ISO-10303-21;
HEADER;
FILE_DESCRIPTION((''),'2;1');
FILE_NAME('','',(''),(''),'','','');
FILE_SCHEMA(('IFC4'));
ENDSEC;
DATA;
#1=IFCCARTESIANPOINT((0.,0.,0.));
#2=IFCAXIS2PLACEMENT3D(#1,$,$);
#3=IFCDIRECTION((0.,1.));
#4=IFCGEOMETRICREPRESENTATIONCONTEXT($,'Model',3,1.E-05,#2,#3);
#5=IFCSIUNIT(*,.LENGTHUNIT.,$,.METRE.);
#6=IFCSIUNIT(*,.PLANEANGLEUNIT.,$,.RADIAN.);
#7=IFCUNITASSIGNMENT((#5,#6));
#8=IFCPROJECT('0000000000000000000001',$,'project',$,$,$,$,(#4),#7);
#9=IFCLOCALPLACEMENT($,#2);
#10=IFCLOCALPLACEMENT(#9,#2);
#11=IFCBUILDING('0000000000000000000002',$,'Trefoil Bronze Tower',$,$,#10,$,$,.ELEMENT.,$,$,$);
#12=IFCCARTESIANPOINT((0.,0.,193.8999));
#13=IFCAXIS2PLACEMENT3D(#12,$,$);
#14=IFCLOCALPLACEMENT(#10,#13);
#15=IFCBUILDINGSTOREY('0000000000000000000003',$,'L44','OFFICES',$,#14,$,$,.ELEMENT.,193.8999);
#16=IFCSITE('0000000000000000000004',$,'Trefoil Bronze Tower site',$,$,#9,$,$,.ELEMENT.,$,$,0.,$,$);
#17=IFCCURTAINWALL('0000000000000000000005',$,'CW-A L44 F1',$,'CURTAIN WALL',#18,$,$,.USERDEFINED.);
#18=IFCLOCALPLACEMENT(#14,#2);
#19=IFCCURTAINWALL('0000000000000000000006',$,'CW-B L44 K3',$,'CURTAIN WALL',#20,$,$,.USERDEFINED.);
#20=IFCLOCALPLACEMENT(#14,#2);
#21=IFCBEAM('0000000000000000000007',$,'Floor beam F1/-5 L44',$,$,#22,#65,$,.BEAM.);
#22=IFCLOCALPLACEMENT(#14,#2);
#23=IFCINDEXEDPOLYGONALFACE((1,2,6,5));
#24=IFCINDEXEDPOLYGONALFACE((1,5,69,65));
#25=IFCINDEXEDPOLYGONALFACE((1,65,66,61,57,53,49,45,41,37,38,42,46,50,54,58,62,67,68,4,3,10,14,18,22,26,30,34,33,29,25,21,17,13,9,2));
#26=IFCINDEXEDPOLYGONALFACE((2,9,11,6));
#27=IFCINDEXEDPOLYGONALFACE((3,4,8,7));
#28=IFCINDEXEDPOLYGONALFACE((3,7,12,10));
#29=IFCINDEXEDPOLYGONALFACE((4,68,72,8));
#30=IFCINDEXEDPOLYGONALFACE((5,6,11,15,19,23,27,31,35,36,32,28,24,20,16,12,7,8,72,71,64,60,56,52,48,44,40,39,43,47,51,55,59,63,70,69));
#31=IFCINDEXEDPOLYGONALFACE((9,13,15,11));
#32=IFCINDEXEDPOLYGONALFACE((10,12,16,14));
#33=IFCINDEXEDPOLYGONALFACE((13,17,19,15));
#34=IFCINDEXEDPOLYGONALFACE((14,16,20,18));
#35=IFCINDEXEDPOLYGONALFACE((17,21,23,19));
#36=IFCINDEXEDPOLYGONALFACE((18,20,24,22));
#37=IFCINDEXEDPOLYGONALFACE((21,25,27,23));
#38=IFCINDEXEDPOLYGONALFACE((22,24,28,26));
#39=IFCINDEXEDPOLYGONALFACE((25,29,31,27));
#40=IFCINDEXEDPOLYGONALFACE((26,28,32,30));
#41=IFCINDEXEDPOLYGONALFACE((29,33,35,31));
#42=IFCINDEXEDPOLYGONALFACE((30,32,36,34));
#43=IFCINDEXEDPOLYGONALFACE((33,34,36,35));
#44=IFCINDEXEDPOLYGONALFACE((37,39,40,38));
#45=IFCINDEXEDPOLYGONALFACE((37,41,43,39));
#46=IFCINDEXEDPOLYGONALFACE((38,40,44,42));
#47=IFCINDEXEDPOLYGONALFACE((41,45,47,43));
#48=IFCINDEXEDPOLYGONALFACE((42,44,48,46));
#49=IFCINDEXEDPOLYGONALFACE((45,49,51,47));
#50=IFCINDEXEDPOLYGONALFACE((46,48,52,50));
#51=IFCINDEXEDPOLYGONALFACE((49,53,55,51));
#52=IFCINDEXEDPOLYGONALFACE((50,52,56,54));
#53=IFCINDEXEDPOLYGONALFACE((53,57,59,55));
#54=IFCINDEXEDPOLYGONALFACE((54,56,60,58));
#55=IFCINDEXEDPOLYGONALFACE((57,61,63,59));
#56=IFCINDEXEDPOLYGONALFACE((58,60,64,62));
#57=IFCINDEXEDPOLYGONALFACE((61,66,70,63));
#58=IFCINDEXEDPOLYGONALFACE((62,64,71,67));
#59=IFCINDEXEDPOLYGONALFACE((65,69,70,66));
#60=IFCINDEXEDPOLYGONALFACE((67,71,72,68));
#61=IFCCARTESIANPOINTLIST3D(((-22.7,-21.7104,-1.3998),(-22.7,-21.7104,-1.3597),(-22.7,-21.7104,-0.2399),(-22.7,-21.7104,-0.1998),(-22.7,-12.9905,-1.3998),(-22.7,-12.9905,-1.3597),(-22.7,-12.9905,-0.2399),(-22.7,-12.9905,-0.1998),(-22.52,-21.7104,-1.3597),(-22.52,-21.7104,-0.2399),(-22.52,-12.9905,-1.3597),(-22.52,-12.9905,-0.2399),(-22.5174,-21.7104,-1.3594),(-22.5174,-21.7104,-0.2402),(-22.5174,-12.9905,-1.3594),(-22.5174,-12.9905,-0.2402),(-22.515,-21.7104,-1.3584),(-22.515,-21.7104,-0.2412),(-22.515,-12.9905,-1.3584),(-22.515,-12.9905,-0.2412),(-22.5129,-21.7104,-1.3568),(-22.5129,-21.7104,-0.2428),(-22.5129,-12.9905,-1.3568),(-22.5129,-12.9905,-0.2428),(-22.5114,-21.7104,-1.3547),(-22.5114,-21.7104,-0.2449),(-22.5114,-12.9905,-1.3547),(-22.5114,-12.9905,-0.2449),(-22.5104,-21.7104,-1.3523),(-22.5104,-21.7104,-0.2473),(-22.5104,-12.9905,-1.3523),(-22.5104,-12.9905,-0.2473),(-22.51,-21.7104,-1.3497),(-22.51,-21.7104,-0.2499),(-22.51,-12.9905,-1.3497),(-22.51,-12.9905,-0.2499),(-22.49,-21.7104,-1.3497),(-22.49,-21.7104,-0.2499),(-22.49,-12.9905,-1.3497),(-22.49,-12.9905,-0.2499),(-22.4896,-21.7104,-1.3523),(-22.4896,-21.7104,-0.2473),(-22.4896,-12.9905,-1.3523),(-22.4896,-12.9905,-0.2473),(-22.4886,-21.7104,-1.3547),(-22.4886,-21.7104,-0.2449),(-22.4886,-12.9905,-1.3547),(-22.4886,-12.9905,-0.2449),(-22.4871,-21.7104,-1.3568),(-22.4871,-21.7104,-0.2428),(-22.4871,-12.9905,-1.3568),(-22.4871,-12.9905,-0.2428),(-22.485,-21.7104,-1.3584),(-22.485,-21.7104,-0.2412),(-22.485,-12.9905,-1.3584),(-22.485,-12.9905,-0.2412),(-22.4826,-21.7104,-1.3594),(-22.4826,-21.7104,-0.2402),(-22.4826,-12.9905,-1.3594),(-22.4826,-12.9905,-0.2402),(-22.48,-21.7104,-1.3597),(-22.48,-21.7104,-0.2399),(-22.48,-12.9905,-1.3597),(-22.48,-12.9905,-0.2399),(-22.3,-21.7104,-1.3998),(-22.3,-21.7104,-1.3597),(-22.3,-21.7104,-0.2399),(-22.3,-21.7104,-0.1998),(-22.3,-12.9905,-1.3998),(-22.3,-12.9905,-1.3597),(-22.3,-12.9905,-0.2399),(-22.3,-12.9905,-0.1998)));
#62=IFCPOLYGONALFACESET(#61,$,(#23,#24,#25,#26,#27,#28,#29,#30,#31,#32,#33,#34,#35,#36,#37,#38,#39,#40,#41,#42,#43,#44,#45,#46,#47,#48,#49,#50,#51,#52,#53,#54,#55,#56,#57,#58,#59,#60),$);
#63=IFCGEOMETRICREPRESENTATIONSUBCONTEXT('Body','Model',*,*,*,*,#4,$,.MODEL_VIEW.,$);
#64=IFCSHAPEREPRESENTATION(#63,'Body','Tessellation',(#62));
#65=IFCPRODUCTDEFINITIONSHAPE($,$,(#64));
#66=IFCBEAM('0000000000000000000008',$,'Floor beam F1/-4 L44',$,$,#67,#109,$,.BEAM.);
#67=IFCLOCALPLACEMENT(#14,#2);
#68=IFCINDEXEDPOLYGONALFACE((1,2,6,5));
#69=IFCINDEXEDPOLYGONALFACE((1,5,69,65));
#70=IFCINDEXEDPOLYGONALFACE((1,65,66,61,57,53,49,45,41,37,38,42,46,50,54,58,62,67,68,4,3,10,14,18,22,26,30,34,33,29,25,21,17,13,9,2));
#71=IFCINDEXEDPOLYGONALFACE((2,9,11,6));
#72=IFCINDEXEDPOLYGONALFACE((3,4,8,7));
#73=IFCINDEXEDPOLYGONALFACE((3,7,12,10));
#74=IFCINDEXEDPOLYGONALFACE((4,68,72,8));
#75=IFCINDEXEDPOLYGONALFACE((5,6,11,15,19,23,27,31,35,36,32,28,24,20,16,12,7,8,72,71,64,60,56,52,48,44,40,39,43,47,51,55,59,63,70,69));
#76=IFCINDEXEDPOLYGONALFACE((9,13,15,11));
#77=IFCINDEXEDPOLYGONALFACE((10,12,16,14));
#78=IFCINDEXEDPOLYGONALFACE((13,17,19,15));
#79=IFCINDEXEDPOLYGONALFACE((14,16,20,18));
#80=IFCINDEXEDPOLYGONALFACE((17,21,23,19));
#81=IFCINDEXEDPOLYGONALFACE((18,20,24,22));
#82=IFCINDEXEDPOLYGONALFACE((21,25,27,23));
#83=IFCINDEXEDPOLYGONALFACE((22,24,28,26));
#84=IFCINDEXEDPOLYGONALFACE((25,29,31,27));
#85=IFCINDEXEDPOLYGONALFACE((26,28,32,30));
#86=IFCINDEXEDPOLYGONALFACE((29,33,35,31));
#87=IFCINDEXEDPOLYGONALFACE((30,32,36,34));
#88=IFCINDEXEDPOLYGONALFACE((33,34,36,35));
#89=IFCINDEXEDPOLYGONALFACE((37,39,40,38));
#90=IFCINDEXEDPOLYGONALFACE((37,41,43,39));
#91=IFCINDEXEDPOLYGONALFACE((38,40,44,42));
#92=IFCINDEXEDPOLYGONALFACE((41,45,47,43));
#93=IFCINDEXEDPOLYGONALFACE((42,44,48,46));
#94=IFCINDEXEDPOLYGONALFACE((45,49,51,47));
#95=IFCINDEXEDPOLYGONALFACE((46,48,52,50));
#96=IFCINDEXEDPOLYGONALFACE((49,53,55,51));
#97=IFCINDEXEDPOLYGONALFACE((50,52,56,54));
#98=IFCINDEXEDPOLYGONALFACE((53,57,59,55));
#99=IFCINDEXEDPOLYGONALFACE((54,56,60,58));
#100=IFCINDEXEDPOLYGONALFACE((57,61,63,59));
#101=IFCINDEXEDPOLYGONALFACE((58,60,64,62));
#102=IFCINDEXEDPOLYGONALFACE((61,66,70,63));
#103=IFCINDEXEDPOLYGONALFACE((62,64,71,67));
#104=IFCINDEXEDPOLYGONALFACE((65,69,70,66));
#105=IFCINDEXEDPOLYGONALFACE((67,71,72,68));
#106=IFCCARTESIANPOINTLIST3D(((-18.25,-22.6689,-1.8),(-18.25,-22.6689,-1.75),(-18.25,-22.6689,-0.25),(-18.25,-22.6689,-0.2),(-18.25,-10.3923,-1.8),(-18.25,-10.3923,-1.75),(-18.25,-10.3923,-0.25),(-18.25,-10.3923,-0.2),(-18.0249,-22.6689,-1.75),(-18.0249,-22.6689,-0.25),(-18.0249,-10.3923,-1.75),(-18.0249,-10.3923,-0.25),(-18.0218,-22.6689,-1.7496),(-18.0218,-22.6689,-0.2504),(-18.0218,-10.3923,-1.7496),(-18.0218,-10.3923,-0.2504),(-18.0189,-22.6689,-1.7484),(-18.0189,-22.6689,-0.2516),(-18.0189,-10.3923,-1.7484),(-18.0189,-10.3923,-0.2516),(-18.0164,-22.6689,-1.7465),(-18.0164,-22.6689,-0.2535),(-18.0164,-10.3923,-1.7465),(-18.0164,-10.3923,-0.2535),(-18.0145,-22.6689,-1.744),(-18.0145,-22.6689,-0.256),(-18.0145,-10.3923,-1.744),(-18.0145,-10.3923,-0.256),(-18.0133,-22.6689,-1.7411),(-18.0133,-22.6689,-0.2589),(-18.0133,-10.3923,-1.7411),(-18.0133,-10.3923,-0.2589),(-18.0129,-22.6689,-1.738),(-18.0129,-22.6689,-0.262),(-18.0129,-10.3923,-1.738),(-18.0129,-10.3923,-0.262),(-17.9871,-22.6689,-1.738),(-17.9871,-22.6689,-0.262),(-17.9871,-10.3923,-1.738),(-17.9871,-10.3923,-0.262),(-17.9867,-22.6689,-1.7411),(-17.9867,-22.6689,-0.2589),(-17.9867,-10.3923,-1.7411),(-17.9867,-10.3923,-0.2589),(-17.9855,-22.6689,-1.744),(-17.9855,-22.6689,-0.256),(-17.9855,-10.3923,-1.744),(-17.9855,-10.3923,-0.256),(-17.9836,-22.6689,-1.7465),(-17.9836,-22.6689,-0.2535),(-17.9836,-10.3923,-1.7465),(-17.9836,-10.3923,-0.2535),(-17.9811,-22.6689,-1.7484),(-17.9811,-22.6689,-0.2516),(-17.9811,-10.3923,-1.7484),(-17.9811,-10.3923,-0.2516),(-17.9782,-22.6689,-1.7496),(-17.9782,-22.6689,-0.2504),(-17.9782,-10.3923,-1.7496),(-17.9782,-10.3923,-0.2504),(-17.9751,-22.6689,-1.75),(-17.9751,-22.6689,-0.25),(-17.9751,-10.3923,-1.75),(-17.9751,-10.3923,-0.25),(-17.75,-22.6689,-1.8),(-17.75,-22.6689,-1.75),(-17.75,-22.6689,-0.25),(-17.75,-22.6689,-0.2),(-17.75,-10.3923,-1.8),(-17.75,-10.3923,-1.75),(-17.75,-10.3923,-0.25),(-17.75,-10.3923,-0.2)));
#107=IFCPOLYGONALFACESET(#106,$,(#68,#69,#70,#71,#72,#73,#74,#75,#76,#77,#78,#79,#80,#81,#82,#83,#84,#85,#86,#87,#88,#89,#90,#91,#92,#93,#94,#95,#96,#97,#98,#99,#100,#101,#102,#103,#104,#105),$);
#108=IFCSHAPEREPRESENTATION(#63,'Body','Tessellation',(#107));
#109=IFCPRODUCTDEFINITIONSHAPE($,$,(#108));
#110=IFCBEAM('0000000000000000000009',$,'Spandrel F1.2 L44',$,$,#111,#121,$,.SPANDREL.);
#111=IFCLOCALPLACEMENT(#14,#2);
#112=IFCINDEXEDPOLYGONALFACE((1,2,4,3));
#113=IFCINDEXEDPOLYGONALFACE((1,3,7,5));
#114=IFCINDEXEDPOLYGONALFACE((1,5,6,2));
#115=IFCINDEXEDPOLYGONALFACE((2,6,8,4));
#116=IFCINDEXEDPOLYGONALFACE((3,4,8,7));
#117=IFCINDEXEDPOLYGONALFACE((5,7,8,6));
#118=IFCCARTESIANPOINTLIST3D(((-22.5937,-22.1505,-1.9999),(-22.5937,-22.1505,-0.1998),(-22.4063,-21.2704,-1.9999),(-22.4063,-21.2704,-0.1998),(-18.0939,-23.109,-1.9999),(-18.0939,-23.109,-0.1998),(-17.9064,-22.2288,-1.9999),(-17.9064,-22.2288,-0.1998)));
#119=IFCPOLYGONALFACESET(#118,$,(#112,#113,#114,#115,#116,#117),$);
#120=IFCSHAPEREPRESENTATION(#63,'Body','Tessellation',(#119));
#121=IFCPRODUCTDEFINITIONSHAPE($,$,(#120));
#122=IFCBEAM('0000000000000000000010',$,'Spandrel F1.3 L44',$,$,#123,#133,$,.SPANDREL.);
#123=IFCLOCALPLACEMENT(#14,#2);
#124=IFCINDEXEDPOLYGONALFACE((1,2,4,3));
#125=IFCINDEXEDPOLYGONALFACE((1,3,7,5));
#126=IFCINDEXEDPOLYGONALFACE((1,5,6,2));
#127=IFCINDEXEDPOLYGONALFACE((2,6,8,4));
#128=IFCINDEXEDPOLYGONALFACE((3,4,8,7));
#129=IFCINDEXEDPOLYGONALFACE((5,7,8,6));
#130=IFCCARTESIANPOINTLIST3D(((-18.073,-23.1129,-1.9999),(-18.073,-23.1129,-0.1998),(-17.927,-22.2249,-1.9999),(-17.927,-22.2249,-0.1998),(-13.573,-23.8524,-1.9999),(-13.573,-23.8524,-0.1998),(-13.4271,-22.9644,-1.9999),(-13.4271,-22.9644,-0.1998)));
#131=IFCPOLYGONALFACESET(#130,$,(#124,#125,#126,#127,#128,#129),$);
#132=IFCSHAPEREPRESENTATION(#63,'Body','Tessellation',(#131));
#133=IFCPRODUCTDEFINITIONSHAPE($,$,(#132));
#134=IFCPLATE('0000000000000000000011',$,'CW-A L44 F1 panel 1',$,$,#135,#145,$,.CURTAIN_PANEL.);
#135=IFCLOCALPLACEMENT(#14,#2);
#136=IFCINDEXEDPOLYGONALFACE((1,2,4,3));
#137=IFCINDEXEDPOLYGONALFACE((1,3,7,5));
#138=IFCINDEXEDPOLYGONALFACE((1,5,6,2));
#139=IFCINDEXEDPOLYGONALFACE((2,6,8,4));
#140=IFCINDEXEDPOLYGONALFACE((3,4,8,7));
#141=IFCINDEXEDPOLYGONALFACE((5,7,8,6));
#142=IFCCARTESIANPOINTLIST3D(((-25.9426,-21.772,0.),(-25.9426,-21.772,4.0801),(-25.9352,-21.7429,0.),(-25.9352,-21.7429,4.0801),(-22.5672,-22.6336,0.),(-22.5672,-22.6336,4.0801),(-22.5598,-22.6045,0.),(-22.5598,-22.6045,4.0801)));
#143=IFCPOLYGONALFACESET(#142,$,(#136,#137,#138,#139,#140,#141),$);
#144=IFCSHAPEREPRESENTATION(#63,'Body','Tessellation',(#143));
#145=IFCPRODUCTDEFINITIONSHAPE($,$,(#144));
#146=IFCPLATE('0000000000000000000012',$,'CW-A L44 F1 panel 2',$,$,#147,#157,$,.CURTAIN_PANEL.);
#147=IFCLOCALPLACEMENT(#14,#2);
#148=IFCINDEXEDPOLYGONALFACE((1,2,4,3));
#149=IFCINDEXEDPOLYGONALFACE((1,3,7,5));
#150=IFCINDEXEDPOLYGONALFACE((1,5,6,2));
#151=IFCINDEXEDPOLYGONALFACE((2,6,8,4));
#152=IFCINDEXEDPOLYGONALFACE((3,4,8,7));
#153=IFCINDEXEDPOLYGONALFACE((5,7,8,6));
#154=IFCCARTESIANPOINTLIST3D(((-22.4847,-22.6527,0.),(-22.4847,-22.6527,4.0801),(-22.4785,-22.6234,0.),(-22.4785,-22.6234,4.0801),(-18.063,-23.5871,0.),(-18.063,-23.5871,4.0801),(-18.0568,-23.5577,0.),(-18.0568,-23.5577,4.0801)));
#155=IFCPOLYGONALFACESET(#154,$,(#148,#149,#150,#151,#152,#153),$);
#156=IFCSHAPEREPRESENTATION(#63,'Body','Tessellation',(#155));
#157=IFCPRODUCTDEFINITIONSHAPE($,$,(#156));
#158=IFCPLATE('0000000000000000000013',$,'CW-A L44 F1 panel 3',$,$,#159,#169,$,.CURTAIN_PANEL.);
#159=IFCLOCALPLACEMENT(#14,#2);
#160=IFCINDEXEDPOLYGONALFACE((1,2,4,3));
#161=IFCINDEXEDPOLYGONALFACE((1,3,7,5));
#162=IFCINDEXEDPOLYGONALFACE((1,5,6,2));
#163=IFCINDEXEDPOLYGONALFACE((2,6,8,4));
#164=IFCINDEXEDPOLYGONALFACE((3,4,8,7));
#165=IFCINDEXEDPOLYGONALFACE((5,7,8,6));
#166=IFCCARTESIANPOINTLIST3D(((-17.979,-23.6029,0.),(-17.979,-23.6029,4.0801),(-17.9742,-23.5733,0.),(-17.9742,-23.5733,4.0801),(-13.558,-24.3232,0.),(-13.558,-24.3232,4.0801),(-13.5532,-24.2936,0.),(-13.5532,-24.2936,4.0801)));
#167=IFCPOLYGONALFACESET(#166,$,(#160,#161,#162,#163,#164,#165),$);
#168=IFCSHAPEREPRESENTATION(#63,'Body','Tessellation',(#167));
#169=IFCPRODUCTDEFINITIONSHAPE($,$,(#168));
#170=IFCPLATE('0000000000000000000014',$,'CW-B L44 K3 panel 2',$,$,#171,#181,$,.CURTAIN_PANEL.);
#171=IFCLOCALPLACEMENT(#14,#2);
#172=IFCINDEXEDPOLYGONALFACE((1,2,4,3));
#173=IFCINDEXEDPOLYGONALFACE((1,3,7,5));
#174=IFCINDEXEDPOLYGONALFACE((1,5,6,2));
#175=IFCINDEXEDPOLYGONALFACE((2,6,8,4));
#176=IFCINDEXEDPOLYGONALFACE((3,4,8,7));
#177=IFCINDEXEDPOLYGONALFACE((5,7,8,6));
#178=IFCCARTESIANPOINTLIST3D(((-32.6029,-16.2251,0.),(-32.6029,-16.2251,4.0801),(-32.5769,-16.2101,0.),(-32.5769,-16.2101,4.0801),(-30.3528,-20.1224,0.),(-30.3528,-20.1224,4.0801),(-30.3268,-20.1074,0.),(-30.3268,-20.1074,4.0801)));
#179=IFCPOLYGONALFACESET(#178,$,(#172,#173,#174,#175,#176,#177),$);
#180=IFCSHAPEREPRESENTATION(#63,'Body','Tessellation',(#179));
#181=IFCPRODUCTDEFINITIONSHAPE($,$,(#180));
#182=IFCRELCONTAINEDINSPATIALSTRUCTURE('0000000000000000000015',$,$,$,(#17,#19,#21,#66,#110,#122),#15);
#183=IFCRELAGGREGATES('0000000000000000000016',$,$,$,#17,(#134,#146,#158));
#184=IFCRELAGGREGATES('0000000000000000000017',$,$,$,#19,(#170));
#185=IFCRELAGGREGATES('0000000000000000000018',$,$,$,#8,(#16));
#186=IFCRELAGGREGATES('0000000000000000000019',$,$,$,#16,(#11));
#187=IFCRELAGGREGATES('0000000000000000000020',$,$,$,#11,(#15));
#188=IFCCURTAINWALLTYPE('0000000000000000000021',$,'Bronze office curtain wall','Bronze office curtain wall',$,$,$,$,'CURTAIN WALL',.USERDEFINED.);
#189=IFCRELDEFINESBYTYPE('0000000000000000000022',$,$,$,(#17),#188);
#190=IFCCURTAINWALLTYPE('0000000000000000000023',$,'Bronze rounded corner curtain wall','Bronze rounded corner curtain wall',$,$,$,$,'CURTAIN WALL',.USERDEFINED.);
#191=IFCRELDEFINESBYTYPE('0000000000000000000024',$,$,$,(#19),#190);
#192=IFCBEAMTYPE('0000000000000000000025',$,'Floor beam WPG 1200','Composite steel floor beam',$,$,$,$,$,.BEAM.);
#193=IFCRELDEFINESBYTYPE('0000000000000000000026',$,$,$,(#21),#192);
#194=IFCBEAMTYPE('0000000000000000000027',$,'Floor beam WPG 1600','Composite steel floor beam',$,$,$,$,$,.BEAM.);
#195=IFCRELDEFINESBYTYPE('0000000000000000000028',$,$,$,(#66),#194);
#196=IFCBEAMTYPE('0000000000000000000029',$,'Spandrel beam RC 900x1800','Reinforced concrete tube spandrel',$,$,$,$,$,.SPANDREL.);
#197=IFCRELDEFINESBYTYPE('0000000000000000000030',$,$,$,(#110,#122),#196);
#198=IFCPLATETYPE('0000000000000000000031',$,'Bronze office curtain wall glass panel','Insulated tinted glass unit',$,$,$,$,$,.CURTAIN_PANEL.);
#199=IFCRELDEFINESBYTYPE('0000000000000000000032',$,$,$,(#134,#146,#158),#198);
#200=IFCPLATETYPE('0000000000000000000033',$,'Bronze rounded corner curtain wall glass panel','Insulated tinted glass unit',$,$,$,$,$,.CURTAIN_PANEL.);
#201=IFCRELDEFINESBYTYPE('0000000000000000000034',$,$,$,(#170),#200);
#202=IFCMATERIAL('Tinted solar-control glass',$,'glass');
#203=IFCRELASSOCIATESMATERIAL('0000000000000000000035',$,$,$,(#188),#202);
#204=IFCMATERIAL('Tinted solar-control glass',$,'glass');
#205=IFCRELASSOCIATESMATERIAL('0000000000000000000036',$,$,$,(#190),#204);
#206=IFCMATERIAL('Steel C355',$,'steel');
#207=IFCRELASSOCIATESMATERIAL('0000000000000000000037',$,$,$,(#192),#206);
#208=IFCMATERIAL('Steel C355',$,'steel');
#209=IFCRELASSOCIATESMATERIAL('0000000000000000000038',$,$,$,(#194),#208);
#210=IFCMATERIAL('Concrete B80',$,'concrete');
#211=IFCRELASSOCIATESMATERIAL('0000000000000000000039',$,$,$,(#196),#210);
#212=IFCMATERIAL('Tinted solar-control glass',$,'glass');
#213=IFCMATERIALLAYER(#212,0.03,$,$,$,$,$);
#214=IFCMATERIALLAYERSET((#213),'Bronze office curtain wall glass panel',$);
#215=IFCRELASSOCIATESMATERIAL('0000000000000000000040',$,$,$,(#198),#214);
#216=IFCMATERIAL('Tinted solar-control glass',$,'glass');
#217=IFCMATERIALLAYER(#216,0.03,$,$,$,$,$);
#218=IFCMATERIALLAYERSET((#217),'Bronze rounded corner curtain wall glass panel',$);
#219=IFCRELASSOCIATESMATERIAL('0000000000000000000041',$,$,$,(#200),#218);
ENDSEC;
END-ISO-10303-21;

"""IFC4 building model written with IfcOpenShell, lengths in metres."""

from ifc_helpers import new_model, si_unit, direction, frame, origin, origin_2d, place, context, subcontext, project, spatial, rectangle, i_section, extrude, material, layer, layer_set, material_profile, profile_set, type_object, element, aggregate, save


model = new_model("IFC4")

# Units and contexts
model_context = context("Model", 3, precision=1e-05, world=origin(), true_north=direction((0.0, 1.0)))
body_context = subcontext(model_context, "Body", "Model", "MODEL_VIEW")
ifc_project = project(units=[si_unit("LENGTHUNIT", "METRE"), si_unit("PLANEANGLEUNIT", "RADIAN")], contexts=[model_context])

# Site, building, storey
site_placement = place(None, origin())
site = spatial("IfcSite", under=ifc_project, at=site_placement, Name="Trefoil Bronze Tower site", CompositionType="ELEMENT", RefElevation=0.0)
building_placement = place(site_placement, origin())
building = spatial("IfcBuilding", under=site, at=building_placement, Name="Trefoil Bronze Tower", CompositionType="ELEMENT")
storey_placement = place(building_placement, frame((0.0, 0.0, 193.8999)))
storey = spatial("IfcBuildingStorey", under=building, at=storey_placement, Name="L44", Description="OFFICES", CompositionType="ELEMENT", Elevation=193.8999)

# Curtain walls
ifc_material_1 = material(Name="Tinted solar-control glass", Category="glass")
curtain_wall_type_1 = type_object("IfcCurtainWallType", Name="Bronze office curtain wall", Description="Bronze office curtain wall", ElementType="CURTAIN WALL", PredefinedType="USERDEFINED", material=ifc_material_1)
curtain_wall_1_placement = place(storey_placement, origin())
curtain_wall_1 = element("IfcCurtainWall", 1, at=curtain_wall_1_placement, inside=storey, type_object=curtain_wall_type_1, Name="CW-A L44 F1", ObjectType="CURTAIN WALL", PredefinedType="USERDEFINED")
ifc_material_2 = material(Name="Tinted solar-control glass", Category="glass")
curtain_wall_type_2 = type_object("IfcCurtainWallType", Name="Bronze rounded corner curtain wall", Description="Bronze rounded corner curtain wall", ElementType="CURTAIN WALL", PredefinedType="USERDEFINED", material=ifc_material_2)
curtain_wall_2_placement = place(storey_placement, origin())
curtain_wall_2 = element("IfcCurtainWall", 2, at=curtain_wall_2_placement, inside=storey, type_object=curtain_wall_type_2, Name="CW-B L44 K3", ObjectType="CURTAIN WALL", PredefinedType="USERDEFINED")

# Beams
ifc_material_3 = material(Name="Steel C355", Category="steel")
ifc_material_profile_1 = material_profile(ifc_material_3, i_section(OverallWidth=0.3999, OverallDepth=1.2, WebThickness=0.02, FlangeThickness=0.04, FilletRadius=0.01, at=origin_2d()), Name="WPG 1200")
ifc_profile_set_1 = profile_set([ifc_material_profile_1], Name="Steel C355")
beam_type_1 = type_object("IfcBeamType", Name="Floor beam WPG 1200", Description="Composite steel floor beam", PredefinedType="BEAM", material=ifc_profile_set_1)
beam_1_placement = place(storey_placement, frame((-22.5, -21.7104, -0.7998), z_axis=(0.0, 1.0, 0.0), x_axis=(-1.0, 0.0, 0.0)))
element("IfcBeam", 3, at=beam_1_placement, inside=storey, type_object=beam_type_1, Name="Floor beam F1/-5 L44", PredefinedType="BEAM", context=body_context, shape_type="SweptSolid", body=[
    extrude(i_section(OverallWidth=0.3999, OverallDepth=1.2, WebThickness=0.02, FlangeThickness=0.04, FilletRadius=0.01, at=origin_2d()), origin(), (0.0, 0.0, 1.0), 8.72),
])
ifc_material_4 = material(Name="Steel C355", Category="steel")
ifc_material_profile_2 = material_profile(ifc_material_4, i_section(OverallWidth=0.5, OverallDepth=1.6001, WebThickness=0.0259, FlangeThickness=0.05, FilletRadius=0.012, at=origin_2d()), Name="WPG 1600")
ifc_profile_set_2 = profile_set([ifc_material_profile_2], Name="Steel C355")
beam_type_2 = type_object("IfcBeamType", Name="Floor beam WPG 1600", Description="Composite steel floor beam", PredefinedType="BEAM", material=ifc_profile_set_2)
beam_2_placement = place(storey_placement, frame((-18.0, -22.6689, -1.0), z_axis=(0.0, 1.0, 0.0), x_axis=(-1.0, 0.0, 0.0)))
element("IfcBeam", 4, at=beam_2_placement, inside=storey, type_object=beam_type_2, Name="Floor beam F1/-4 L44", PredefinedType="BEAM", context=body_context, shape_type="SweptSolid", body=[
    extrude(i_section(OverallWidth=0.5, OverallDepth=1.6001, WebThickness=0.0259, FlangeThickness=0.05, FilletRadius=0.012, at=origin_2d()), origin(), (0.0, 0.0, 1.0), 12.2766),
])
ifc_material_5 = material(Name="Concrete B80", Category="concrete")
ifc_material_profile_3 = material_profile(ifc_material_5, rectangle(XDim=0.8999, YDim=1.8, at=origin_2d()), Name="RC 900x1800")
ifc_profile_set_3 = profile_set([ifc_material_profile_3], Name="Concrete B80")
beam_type_3 = type_object("IfcBeamType", Name="Spandrel beam RC 900x1800", Description="Reinforced concrete tube spandrel", PredefinedType="SPANDREL", material=ifc_profile_set_3)
beam_3_placement = place(storey_placement, frame((-22.5, -21.7104, -1.0999), z_axis=(0.978059, -0.208326, 0.0), x_axis=(0.208326, 0.978059, 0.0)))
element("IfcBeam", 5, at=beam_3_placement, inside=storey, type_object=beam_type_3, Name="Spandrel F1.2 L44", PredefinedType="SPANDREL", context=body_context, shape_type="SweptSolid", body=[
    extrude(rectangle(XDim=0.8999, YDim=1.8, at=origin_2d()), origin(), (0.0, 0.0, 1.0), 4.6008),
])
beam_4_placement = place(storey_placement, frame((-18.0, -22.6689, -1.0999), z_axis=(0.986765, -0.162159, 0.0), x_axis=(0.162159, 0.986765, 0.0)))
element("IfcBeam", 6, at=beam_4_placement, inside=storey, type_object=beam_type_3, Name="Spandrel F1.3 L44", PredefinedType="SPANDREL", context=body_context, shape_type="SweptSolid", body=[
    extrude(rectangle(XDim=0.8999, YDim=1.8, at=origin_2d()), origin(), (0.0, 0.0, 1.0), 4.5603),
])

# Plates
ifc_material_6 = material(Name="Tinted solar-control glass", Category="glass")
ifc_layer_1 = layer(ifc_material_6, 0.03)
ifc_layer_set_1 = layer_set([ifc_layer_1], Name="Bronze office curtain wall glass panel")
plate_type_1 = type_object("IfcPlateType", Name="Bronze office curtain wall glass panel", Description="Insulated tinted glass unit", PredefinedType="CURTAIN_PANEL", material=ifc_layer_set_1)
plate_1_placement = place(storey_placement, frame((-24.2512, -22.1882, 0.0), z_axis=(0.0, 0.0, 1.0), x_axis=(0.968934, -0.247319, 0.0)))
plate_1 = element("IfcPlate", 7, at=plate_1_placement, type_object=plate_type_1, Name="CW-A L44 F1 panel 1", PredefinedType="CURTAIN_PANEL", context=body_context, shape_type="SweptSolid", body=[
    extrude(rectangle(XDim=3.4836, YDim=0.03, at=origin_2d()), origin(), (0.0, 0.0, 1.0), 4.0801),
])
plate_2_placement = place(storey_placement, frame((-20.2708, -23.1052, 0.0), z_axis=(0.0, 0.0, 1.0), x_axis=(0.978394, -0.206747, 0.0)))
plate_2 = element("IfcPlate", 8, at=plate_2_placement, type_object=plate_type_1, Name="CW-A L44 F1 panel 2", PredefinedType="CURTAIN_PANEL", context=body_context, shape_type="SweptSolid", body=[
    extrude(rectangle(XDim=4.5193, YDim=0.03, at=origin_2d()), origin(), (0.0, 0.0, 1.0), 4.0801),
])
plate_3_placement = place(storey_placement, frame((-15.7661, -23.9482, 0.0), z_axis=(0.0, 0.0, 1.0), x_axis=(0.986987, -0.160803, 0.0)))
plate_3 = element("IfcPlate", 9, at=plate_3_placement, type_object=plate_type_1, Name="CW-A L44 F1 panel 3", PredefinedType="CURTAIN_PANEL", context=body_context, shape_type="SweptSolid", body=[
    extrude(rectangle(XDim=4.4792, YDim=0.03, at=origin_2d()), origin(), (0.0, 0.0, 1.0), 4.0801),
])
aggregate(curtain_wall_1, [plate_1, plate_2, plate_3])
ifc_material_7 = material(Name="Tinted solar-control glass", Category="glass")
ifc_layer_2 = layer(ifc_material_7, 0.03)
ifc_layer_set_2 = layer_set([ifc_layer_2], Name="Bronze rounded corner curtain wall glass panel")
plate_type_2 = type_object("IfcPlateType", Name="Bronze rounded corner curtain wall glass panel", Description="Insulated tinted glass unit", PredefinedType="CURTAIN_PANEL", material=ifc_layer_set_2)
plate_4_placement = place(storey_placement, frame((-31.4648, -18.1663, 0.0), z_axis=(0.0, 0.0, 1.0), x_axis=(0.5, -0.866025, 0.0)))
plate_4 = element("IfcPlate", 10, at=plate_4_placement, type_object=plate_type_2, Name="CW-B L44 K3 panel 2", PredefinedType="CURTAIN_PANEL", context=body_context, shape_type="SweptSolid", body=[
    extrude(rectangle(XDim=4.5002, YDim=0.03, at=origin_2d()), origin(), (0.0, 0.0, 1.0), 4.0801),
])
aggregate(curtain_wall_2, [plate_4])

save(model, "model.ifc")
